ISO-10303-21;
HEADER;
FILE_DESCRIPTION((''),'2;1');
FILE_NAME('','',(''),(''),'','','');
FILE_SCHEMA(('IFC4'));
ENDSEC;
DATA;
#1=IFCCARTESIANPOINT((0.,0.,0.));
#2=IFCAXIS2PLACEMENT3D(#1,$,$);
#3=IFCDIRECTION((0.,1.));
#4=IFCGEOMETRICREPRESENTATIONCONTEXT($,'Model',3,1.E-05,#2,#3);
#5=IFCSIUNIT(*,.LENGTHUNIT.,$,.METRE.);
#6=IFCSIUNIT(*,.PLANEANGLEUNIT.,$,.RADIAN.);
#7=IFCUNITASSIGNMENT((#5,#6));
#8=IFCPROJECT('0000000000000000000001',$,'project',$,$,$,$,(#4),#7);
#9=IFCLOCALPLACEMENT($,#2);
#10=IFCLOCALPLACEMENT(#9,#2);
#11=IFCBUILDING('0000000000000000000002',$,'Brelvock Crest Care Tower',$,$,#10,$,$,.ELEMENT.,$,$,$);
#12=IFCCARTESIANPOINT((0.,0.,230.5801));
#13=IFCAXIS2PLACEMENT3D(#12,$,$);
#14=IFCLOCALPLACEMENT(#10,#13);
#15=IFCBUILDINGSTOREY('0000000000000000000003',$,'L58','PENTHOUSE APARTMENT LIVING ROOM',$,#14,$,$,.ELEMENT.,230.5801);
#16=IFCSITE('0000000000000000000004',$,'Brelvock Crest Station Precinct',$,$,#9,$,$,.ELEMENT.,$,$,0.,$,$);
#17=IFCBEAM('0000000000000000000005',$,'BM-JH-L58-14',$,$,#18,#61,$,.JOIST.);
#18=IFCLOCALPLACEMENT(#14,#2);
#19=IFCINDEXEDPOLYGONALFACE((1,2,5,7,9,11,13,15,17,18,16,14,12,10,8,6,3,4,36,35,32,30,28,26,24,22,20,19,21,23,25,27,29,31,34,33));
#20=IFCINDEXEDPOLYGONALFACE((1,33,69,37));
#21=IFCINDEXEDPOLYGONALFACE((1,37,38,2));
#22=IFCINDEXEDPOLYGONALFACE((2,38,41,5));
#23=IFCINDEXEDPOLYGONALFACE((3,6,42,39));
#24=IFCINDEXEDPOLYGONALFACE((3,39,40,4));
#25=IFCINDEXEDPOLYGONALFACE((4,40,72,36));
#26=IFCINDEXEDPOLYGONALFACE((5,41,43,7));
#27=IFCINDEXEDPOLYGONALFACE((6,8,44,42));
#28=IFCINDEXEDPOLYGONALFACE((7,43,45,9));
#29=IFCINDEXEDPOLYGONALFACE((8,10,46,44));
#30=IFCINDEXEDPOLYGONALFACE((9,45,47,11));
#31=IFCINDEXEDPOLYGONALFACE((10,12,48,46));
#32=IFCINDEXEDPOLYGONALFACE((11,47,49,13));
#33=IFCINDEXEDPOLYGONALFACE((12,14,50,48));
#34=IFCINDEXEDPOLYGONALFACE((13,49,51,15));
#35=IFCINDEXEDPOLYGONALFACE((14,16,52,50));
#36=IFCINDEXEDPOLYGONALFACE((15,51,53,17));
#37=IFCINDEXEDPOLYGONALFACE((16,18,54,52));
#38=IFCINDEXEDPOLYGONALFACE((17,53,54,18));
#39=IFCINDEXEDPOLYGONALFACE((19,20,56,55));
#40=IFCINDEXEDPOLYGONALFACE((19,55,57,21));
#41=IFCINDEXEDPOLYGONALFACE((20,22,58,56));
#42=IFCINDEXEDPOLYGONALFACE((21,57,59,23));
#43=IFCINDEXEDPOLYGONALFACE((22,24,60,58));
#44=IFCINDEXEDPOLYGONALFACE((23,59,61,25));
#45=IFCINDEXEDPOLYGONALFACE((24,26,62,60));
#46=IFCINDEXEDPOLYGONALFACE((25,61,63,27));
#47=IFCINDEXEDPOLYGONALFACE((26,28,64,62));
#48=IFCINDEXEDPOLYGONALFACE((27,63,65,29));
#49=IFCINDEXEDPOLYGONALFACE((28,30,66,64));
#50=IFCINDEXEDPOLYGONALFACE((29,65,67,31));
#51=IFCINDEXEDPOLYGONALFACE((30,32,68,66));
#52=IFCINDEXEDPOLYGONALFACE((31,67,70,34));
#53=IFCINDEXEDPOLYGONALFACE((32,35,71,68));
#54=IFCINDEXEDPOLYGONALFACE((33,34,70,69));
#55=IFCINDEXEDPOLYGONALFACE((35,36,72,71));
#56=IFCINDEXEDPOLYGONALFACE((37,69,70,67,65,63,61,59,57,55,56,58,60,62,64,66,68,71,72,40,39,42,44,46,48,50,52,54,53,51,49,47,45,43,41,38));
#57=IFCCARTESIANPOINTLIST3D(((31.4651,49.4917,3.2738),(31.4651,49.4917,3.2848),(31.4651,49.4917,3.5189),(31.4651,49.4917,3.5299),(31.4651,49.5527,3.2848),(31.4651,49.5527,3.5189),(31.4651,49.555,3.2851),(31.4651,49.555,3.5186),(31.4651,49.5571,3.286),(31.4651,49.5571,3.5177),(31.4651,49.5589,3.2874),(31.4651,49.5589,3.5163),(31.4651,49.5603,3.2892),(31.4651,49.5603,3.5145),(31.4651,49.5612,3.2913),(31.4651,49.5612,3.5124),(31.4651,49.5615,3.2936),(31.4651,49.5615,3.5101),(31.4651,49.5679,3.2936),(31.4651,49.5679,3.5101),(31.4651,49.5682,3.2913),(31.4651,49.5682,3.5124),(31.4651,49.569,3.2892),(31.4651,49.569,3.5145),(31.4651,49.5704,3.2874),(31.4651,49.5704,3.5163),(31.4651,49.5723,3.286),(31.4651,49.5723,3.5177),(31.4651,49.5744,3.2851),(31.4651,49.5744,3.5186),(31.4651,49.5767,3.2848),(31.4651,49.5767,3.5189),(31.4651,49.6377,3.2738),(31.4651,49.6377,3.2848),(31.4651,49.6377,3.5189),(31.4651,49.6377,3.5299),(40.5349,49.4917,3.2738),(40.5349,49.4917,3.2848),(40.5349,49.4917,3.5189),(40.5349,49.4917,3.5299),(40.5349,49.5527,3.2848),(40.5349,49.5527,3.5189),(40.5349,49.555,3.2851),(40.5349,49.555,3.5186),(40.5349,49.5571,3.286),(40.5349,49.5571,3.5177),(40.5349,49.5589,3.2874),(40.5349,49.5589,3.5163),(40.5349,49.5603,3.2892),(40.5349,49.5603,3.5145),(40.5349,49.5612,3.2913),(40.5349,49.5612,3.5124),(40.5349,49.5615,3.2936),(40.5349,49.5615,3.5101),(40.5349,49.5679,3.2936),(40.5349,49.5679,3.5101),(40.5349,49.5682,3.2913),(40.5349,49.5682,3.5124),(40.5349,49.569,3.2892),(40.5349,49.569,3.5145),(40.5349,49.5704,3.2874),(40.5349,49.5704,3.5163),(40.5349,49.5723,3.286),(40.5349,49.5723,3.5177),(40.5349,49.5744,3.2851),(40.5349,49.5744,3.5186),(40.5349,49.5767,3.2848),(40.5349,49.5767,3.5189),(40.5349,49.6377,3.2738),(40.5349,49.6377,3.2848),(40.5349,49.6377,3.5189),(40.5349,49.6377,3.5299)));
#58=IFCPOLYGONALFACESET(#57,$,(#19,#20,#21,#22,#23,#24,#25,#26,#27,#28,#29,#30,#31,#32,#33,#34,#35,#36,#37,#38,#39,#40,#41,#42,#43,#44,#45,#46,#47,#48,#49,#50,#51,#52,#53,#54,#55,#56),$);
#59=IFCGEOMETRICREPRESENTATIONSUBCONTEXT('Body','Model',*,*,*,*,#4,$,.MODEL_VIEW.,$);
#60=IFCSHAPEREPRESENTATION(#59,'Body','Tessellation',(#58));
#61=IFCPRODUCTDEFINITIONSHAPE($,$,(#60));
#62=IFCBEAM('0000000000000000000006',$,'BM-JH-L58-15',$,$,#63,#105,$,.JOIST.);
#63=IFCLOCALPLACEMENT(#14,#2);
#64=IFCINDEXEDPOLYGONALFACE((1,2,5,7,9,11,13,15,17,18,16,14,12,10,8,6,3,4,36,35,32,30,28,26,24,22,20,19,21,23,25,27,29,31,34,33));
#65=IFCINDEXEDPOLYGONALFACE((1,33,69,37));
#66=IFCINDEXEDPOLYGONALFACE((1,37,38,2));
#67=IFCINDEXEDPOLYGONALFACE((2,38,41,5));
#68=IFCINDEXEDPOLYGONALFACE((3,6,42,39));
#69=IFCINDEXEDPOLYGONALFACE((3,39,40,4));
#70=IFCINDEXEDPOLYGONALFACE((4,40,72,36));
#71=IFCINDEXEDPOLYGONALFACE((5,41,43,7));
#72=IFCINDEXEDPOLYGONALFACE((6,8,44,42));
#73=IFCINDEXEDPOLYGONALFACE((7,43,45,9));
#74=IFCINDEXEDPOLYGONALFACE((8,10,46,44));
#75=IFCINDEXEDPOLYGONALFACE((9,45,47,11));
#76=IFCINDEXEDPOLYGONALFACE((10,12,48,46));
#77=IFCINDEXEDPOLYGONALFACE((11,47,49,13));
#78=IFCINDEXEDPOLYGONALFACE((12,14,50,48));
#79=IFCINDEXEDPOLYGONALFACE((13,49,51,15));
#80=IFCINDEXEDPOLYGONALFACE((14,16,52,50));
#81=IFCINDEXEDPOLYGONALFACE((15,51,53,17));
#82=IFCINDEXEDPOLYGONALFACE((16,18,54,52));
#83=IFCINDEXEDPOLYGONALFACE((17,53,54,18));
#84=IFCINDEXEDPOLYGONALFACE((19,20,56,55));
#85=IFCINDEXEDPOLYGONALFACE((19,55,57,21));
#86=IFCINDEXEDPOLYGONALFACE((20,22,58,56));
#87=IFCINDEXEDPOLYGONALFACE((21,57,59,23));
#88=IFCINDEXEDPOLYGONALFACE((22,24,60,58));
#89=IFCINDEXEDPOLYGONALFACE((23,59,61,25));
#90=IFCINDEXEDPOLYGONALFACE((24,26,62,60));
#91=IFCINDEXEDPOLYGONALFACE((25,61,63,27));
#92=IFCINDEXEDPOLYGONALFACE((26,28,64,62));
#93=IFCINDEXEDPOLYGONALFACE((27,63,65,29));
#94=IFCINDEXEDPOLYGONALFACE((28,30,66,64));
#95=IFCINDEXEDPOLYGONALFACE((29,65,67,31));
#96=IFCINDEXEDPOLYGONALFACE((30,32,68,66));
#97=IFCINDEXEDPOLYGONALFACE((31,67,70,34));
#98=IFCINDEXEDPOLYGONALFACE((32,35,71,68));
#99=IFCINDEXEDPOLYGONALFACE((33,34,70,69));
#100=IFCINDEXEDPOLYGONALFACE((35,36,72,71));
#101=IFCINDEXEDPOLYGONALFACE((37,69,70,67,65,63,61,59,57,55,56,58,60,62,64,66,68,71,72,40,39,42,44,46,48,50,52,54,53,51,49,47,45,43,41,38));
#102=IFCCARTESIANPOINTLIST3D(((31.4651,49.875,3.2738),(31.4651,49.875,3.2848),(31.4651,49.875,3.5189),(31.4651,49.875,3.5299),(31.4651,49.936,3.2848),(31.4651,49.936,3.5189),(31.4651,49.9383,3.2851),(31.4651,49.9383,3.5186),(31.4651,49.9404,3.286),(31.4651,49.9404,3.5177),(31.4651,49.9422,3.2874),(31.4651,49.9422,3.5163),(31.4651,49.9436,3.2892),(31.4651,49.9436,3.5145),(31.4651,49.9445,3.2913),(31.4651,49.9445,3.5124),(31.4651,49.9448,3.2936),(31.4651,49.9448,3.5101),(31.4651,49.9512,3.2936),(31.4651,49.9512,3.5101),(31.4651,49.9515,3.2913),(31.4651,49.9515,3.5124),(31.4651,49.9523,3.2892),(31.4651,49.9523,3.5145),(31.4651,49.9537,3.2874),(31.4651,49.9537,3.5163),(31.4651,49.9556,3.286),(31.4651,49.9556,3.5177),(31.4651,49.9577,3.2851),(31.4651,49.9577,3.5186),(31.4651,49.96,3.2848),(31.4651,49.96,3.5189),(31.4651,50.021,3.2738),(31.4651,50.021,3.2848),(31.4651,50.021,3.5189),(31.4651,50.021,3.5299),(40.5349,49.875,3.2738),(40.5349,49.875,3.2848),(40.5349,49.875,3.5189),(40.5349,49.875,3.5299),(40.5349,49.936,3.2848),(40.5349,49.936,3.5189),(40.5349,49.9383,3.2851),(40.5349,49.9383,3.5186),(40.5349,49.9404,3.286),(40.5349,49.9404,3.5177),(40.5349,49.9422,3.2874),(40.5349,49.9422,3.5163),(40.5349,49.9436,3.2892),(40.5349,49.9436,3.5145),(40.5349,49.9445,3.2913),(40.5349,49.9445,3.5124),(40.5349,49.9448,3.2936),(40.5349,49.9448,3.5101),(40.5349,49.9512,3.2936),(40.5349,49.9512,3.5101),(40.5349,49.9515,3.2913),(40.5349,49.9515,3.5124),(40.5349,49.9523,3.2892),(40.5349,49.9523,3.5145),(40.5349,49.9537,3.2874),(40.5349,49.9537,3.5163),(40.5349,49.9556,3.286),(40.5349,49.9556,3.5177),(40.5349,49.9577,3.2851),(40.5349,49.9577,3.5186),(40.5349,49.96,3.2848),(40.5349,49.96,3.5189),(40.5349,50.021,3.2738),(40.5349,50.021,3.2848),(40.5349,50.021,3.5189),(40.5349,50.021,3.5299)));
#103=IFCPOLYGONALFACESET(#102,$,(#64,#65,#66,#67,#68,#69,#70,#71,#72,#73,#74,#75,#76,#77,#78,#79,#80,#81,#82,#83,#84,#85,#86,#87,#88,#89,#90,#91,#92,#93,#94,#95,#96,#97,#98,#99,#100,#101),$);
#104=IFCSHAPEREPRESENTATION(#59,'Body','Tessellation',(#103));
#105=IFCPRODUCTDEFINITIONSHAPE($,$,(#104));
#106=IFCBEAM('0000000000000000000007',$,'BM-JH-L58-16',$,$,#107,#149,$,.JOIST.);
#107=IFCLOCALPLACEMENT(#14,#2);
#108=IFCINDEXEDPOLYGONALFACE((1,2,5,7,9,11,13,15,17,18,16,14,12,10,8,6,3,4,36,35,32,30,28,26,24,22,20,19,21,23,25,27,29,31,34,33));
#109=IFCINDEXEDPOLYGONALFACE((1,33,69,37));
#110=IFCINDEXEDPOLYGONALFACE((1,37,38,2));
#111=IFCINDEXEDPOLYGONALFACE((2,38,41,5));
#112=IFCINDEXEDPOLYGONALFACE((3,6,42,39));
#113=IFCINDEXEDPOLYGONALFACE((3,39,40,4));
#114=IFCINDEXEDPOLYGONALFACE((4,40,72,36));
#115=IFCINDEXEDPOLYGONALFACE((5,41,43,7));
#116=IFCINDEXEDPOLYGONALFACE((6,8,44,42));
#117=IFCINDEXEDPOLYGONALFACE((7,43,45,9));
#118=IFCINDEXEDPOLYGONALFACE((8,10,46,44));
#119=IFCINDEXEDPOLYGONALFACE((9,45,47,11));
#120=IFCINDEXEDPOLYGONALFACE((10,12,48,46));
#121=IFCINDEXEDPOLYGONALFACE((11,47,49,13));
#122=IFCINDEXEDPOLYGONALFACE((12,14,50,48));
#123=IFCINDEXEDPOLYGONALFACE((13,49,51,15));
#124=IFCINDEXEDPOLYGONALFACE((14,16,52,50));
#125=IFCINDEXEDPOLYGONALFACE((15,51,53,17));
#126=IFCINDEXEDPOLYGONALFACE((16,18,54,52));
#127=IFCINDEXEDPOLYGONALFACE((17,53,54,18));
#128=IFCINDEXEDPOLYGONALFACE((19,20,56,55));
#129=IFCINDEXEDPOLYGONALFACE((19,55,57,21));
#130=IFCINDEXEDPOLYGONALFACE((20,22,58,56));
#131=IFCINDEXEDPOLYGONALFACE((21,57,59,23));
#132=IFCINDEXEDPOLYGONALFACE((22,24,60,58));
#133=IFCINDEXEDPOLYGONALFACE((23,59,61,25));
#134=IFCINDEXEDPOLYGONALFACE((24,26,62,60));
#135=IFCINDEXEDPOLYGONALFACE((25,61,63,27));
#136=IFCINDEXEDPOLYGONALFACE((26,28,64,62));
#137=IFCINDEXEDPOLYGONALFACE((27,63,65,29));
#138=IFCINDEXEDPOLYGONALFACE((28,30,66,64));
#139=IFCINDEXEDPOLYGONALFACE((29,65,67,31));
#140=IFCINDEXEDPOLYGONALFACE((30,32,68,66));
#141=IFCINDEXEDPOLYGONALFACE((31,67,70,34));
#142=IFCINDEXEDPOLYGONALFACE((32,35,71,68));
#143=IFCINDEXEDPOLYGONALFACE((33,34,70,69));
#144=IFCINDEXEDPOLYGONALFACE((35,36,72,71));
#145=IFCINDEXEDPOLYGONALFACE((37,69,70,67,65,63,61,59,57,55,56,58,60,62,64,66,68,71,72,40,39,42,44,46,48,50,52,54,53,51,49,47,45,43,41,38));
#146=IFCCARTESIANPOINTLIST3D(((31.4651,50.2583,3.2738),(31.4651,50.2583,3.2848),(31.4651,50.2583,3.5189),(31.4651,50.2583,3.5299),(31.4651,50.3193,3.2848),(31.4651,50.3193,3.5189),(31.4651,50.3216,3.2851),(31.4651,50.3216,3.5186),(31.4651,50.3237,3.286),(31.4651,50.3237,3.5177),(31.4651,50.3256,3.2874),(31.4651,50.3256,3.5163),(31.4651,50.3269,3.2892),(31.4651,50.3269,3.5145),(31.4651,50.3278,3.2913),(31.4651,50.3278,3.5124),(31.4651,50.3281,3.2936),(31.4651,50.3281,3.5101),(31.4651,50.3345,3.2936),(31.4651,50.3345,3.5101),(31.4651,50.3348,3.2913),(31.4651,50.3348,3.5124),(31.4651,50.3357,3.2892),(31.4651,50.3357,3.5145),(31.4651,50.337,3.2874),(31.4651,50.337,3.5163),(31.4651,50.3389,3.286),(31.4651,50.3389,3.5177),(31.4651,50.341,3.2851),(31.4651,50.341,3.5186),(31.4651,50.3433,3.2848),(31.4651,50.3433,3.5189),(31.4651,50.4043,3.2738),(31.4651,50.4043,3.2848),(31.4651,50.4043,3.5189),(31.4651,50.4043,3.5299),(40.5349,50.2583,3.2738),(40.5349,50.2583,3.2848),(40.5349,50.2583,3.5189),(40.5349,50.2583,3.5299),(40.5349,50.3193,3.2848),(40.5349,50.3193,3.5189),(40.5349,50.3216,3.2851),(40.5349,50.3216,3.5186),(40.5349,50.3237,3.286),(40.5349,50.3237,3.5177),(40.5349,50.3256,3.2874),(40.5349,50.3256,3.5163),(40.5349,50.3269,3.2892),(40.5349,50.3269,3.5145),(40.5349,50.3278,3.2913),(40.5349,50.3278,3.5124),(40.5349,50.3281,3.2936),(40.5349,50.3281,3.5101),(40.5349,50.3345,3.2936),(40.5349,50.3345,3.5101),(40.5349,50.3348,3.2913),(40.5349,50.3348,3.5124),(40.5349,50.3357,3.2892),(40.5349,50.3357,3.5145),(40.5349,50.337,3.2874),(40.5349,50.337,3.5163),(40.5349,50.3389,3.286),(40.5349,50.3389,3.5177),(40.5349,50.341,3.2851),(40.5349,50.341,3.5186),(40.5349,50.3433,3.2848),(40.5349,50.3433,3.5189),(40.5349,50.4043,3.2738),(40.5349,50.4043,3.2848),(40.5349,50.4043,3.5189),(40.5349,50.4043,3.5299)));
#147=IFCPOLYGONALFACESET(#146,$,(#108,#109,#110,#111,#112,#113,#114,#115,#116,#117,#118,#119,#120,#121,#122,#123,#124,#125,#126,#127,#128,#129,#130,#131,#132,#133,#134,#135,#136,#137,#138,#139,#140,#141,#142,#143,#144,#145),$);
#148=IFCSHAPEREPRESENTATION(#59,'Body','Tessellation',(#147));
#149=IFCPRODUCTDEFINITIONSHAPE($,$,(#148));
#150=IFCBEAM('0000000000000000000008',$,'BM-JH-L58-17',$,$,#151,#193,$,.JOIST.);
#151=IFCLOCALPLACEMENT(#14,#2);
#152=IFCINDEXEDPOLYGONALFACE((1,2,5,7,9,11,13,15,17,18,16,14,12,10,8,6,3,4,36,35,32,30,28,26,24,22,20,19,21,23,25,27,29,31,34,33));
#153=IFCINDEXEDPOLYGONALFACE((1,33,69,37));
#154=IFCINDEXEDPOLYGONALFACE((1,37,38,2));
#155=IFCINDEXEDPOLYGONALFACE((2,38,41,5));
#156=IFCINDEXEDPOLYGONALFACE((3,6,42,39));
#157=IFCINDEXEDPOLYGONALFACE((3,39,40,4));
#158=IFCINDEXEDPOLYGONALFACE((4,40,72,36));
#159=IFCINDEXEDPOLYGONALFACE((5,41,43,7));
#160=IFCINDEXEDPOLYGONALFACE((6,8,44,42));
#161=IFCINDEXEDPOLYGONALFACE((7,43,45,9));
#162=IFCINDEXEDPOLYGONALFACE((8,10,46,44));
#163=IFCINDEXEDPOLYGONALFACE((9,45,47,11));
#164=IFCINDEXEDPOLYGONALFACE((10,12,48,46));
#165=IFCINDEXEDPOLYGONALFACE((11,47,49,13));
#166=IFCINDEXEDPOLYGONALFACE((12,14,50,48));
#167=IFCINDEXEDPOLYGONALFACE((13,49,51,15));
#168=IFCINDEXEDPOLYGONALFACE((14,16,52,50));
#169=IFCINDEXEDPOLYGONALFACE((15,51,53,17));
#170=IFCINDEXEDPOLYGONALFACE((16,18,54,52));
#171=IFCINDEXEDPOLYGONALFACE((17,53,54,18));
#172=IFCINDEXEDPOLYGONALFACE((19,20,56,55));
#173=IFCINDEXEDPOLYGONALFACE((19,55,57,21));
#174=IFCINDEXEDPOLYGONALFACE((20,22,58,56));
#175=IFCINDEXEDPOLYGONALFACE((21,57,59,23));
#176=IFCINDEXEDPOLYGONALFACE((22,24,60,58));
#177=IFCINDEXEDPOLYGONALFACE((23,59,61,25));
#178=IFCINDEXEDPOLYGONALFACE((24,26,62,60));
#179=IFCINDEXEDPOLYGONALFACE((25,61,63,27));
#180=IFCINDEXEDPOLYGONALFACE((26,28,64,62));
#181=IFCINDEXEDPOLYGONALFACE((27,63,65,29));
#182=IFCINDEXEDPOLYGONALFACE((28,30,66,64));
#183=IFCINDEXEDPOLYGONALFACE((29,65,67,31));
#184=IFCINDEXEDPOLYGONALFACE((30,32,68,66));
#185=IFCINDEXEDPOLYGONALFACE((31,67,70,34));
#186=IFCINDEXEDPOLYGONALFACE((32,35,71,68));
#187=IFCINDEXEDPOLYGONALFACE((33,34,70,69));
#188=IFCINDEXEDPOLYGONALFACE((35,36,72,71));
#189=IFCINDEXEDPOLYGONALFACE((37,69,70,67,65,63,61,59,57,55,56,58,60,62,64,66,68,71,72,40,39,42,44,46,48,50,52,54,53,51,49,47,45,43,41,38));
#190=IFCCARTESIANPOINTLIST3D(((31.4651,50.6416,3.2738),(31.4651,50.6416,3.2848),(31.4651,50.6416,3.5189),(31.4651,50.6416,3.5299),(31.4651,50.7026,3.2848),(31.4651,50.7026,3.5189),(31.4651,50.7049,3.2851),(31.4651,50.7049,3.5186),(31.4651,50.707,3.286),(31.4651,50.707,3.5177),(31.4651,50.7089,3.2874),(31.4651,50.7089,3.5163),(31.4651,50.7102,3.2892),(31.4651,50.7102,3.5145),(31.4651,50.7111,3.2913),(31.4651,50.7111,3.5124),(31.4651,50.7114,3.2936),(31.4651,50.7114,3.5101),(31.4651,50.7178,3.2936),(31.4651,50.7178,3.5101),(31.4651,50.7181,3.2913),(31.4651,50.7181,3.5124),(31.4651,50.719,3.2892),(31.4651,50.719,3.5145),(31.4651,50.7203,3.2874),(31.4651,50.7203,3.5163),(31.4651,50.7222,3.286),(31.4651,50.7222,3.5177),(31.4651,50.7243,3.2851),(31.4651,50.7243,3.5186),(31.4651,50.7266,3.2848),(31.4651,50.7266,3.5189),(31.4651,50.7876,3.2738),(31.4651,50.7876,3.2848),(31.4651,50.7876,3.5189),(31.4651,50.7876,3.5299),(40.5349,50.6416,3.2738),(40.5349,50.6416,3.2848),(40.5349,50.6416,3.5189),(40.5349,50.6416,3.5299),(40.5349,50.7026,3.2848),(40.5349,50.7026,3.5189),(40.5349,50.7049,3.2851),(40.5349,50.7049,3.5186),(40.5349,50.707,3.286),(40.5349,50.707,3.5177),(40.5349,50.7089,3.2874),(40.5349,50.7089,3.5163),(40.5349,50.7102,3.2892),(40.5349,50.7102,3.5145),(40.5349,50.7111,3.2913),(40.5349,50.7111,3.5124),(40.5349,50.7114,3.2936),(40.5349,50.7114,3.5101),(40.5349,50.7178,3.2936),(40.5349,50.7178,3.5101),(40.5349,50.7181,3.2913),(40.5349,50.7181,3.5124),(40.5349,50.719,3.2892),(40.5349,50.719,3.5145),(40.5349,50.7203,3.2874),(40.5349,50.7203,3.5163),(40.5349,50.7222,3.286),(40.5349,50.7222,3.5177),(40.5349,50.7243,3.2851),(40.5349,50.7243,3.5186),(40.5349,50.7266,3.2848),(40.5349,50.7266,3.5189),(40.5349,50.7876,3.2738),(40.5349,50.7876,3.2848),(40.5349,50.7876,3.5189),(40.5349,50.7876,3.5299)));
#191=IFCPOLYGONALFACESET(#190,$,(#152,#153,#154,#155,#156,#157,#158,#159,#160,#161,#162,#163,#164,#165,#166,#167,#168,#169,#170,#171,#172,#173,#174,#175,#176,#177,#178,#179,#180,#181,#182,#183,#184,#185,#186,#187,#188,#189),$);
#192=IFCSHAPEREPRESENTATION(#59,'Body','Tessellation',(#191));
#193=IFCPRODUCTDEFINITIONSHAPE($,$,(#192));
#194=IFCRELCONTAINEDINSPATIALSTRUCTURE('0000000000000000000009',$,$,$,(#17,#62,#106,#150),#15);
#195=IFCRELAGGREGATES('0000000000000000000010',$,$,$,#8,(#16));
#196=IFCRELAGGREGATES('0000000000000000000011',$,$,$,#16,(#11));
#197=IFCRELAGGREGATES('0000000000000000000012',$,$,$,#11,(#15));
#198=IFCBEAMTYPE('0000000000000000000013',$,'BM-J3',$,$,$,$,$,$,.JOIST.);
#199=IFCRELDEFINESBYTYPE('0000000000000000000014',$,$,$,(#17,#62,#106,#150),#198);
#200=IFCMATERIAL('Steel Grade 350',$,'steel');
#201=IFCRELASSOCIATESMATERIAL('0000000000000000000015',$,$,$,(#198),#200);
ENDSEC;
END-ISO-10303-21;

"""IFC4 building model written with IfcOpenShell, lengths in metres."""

from ifc_helpers import new_model, si_unit, direction, frame, origin, origin_2d, place, context, subcontext, project, spatial, i_section, extrude, source, transform, mapped, material, material_profile, profile_set, type_object, element, save


model = new_model("IFC4")

# Units and contexts
model_context = context("Model", 3, precision=1e-05, world=origin(), true_north=direction((0.0, 1.0)))
body_context = subcontext(model_context, "Body", "Model", "MODEL_VIEW")
ifc_project = project(units=[si_unit("LENGTHUNIT", "METRE"), si_unit("PLANEANGLEUNIT", "RADIAN")], contexts=[model_context])

# Site, building, storey
site_placement = place(None, origin())
site = spatial("IfcSite", under=ifc_project, at=site_placement, Name="Brelvock Crest Station Precinct", CompositionType="ELEMENT", RefElevation=0.0)
building_placement = place(site_placement, origin())
building = spatial("IfcBuilding", under=site, at=building_placement, Name="Brelvock Crest Care Tower", CompositionType="ELEMENT")
storey_placement = place(building_placement, frame((0.0, 0.0, 230.5801)))
storey = spatial("IfcBuildingStorey", under=building, at=storey_placement, Name="L58", Description="PENTHOUSE APARTMENT LIVING ROOM", CompositionType="ELEMENT", Elevation=230.5801)

# Beams
ifc_material_1 = material(Name="Steel Grade 350", Category="steel")
ifc_material_profile_1 = material_profile(ifc_material_1, i_section(OverallWidth=0.146, OverallDepth=0.2561, WebThickness=0.0063, FlangeThickness=0.011, FilletRadius=0.0088, at=origin_2d()), Name="250UB37.3")
ifc_profile_set_1 = profile_set([ifc_material_profile_1], Name="Steel Grade 350")
beam_type_1 = type_object("IfcBeamType", Name="BM-J3", PredefinedType="JOIST", material=ifc_profile_set_1)
shared_shape_1 = source(origin(), body_context, "Body", "SweptSolid", [
    extrude(i_section(OverallWidth=0.146, OverallDepth=0.2561, WebThickness=0.0063, FlangeThickness=0.011, FilletRadius=0.0088, at=origin_2d()), origin(), (0.0, 0.0, 1.0), 9.0698),
])
for number, where, z_axis, x_axis, name in (
    (1, (31.4651, 49.5647, 3.4019), (1.0, 0.0, 0.0), (0.0, 1.0, 0.0), "BM-JH-L58-14"),
    (2, (31.4651, 49.948, 3.4019), (1.0, 0.0, 0.0), (0.0, 1.0, 0.0), "BM-JH-L58-15"),
    (3, (31.4651, 50.3313, 3.4019), (1.0, 0.0, 0.0), (0.0, 1.0, 0.0), "BM-JH-L58-16"),
    (4, (31.4651, 50.7146, 3.4019), (1.0, 0.0, 0.0), (0.0, 1.0, 0.0), "BM-JH-L58-17"),
):
    element("IfcBeam", number, at=place(storey_placement, frame(where, z_axis=z_axis, x_axis=x_axis)), inside=storey, type_object=beam_type_1, Name=name, PredefinedType="JOIST", context=body_context, shape_type="MappedRepresentation", body=[
        mapped(shared_shape_1, transform((0.0, 0.0, 0.0), x_axis=(1.0, 0.0, 0.0), y_axis=(0.0, 1.0, 0.0), z_axis=(0.0, 0.0, 1.0), scale=1.0)),
    ])

save(model, "model.ifc")
